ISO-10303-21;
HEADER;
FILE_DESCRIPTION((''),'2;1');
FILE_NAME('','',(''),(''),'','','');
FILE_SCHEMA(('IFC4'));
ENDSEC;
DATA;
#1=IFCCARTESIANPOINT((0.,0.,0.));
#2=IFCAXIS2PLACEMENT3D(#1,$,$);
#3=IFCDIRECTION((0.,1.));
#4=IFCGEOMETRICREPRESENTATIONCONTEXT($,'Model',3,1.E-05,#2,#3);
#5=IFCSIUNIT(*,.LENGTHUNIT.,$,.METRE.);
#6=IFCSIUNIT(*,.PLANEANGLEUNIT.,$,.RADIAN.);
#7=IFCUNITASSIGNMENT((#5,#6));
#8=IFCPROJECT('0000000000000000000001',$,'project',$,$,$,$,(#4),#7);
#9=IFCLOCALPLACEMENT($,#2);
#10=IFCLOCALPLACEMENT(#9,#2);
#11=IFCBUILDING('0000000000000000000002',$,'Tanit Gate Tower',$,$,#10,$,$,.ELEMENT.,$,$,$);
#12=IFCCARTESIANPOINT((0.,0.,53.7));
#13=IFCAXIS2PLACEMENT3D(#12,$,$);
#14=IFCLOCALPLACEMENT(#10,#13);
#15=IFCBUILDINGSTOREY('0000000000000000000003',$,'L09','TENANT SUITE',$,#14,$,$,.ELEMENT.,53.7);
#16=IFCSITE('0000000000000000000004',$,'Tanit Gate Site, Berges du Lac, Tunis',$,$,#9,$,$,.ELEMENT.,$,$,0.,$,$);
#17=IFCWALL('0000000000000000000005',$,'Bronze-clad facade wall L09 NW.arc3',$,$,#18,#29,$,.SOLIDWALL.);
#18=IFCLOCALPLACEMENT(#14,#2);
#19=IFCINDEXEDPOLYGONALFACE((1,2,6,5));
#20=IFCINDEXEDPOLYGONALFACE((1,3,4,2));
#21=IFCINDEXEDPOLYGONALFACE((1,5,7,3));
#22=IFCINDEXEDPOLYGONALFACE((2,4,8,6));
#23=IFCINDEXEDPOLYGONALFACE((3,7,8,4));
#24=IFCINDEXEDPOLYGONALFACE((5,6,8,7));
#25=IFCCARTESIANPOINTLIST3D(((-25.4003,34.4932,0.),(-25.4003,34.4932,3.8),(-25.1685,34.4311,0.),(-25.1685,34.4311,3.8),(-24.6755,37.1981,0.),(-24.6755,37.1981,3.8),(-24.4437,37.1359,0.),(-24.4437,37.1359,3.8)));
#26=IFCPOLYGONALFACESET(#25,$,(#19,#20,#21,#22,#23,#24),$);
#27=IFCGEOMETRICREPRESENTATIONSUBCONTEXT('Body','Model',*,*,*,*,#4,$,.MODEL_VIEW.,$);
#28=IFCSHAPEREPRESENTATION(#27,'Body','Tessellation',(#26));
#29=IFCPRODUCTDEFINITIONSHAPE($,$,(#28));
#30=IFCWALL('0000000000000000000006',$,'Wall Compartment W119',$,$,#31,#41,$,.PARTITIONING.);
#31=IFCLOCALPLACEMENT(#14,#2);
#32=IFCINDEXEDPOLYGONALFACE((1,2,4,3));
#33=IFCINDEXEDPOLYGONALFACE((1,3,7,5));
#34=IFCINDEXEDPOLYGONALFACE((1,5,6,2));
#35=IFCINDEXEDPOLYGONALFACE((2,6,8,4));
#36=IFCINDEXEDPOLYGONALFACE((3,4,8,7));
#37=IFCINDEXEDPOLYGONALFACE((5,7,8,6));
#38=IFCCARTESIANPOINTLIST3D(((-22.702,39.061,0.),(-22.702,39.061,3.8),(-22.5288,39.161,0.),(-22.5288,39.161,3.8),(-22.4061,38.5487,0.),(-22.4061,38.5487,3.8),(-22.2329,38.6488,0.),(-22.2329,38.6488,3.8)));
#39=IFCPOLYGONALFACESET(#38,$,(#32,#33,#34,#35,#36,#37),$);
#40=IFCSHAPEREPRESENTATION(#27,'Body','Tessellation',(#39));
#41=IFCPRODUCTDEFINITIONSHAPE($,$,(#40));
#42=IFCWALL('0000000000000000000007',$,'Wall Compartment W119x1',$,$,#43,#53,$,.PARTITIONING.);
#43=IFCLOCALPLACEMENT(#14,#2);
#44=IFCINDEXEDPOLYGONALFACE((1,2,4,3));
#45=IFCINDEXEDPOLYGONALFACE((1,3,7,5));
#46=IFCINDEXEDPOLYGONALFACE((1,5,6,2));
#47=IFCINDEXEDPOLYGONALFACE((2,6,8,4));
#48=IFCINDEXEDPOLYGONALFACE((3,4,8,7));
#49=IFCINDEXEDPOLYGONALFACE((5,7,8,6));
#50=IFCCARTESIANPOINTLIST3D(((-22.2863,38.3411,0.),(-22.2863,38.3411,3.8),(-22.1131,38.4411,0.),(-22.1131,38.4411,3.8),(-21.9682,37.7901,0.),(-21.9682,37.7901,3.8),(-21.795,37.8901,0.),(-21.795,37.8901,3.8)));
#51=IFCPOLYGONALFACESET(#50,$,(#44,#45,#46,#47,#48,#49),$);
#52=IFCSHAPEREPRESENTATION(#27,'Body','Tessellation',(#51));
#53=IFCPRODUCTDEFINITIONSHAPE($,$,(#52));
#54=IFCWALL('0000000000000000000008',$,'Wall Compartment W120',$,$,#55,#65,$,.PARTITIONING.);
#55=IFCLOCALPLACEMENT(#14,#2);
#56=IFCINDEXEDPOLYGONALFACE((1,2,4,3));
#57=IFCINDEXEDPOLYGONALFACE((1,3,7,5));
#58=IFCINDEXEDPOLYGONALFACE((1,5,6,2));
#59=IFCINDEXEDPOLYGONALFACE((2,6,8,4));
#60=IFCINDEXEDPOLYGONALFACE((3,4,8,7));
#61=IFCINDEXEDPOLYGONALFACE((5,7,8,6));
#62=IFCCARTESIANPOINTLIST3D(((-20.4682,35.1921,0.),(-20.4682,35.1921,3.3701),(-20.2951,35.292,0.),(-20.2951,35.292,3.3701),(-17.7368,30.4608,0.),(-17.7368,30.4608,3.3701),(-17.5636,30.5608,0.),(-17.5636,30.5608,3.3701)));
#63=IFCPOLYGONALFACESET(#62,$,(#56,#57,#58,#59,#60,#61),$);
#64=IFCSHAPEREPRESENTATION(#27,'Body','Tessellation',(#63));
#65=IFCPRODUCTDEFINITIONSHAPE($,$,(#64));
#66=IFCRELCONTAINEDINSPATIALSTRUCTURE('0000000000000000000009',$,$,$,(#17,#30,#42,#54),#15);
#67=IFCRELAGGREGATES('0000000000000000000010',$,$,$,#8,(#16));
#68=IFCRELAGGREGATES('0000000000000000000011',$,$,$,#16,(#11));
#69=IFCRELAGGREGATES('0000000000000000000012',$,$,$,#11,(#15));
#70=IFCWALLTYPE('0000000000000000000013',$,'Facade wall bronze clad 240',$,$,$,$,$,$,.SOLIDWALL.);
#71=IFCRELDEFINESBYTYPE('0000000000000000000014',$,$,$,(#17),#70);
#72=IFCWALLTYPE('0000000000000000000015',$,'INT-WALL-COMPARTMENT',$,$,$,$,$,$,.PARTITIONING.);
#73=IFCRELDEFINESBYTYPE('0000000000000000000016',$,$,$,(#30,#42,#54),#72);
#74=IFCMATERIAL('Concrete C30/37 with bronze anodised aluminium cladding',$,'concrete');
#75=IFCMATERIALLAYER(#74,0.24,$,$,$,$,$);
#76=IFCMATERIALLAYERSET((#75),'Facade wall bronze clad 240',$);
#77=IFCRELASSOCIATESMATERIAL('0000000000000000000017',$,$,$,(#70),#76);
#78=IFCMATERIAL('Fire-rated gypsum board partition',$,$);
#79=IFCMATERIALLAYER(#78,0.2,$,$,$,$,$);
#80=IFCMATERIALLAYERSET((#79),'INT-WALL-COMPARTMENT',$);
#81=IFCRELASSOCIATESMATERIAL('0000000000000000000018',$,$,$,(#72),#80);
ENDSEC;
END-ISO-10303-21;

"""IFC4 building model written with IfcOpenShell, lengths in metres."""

from ifc_helpers import new_model, si_unit, direction, frame, frame_2d, origin, place, context, subcontext, project, spatial, rectangle, extrude, material, layer, layer_set, type_object, element, save


model = new_model("IFC4")

# Units and contexts
model_context = context("Model", 3, precision=1e-05, world=origin(), true_north=direction((0.0, 1.0)))
body_context = subcontext(model_context, "Body", "Model", "MODEL_VIEW")
ifc_project = project(units=[si_unit("LENGTHUNIT", "METRE"), si_unit("PLANEANGLEUNIT", "RADIAN")], contexts=[model_context])

# Site, building, storey
site_placement = place(None, origin())
site = spatial("IfcSite", under=ifc_project, at=site_placement, Name="Tanit Gate Site, Berges du Lac, Tunis", CompositionType="ELEMENT", RefElevation=0.0)
building_placement = place(site_placement, origin())
building = spatial("IfcBuilding", under=site, at=building_placement, Name="Tanit Gate Tower", CompositionType="ELEMENT")
storey_placement = place(building_placement, frame((0.0, 0.0, 53.7)))
storey = spatial("IfcBuildingStorey", under=building, at=storey_placement, Name="L09", Description="TENANT SUITE", CompositionType="ELEMENT", Elevation=53.7)

# Walls
ifc_material_1 = material(Name="Concrete C30/37 with bronze anodised aluminium cladding", Category="concrete")
ifc_layer_1 = layer(ifc_material_1, 0.24)
ifc_layer_set_1 = layer_set([ifc_layer_1], Name="Facade wall bronze clad 240")
wall_type_1 = type_object("IfcWallType", Name="Facade wall bronze clad 240", PredefinedType="SOLIDWALL", material=ifc_layer_set_1)
wall_1_placement = place(storey_placement, frame((-24.5596, 37.167, 0.0), z_axis=(0.0, 0.0, 1.0), x_axis=(-0.258851, -0.965917, 0.0)))
element("IfcWall", 1, at=wall_1_placement, inside=storey, type_object=wall_type_1, Name="Bronze-clad facade wall L09 NW.arc3", PredefinedType="SOLIDWALL", context=body_context, shape_type="SweptSolid", body=[
    extrude(rectangle(XDim=2.8003, YDim=0.24, at=frame_2d((1.4001, 0.0))), origin(), (0.0, 0.0, 1.0), 3.8),
])
ifc_material_2 = material(Name="Fire-rated gypsum board partition")
ifc_layer_2 = layer(ifc_material_2, 0.2)
ifc_layer_set_2 = layer_set([ifc_layer_2], Name="INT-WALL-COMPARTMENT")
wall_type_2 = type_object("IfcWallType", Name="INT-WALL-COMPARTMENT", PredefinedType="PARTITIONING", material=ifc_layer_set_2)
wall_2_placement = place(storey_placement, frame((-22.6155, 39.1111, 0.0), z_axis=(0.0, 0.0, 1.0), x_axis=(0.500223, -0.865897, 0.0)))
element("IfcWall", 2, at=wall_2_placement, inside=storey, type_object=wall_type_2, Name="Wall Compartment W119", PredefinedType="PARTITIONING", context=body_context, shape_type="SweptSolid", body=[
    extrude(rectangle(XDim=0.5916, YDim=0.2, at=frame_2d((0.2959, 0.0))), origin(), (0.0, 0.0, 1.0), 3.8),
])
wall_3_placement = place(storey_placement, frame((-22.1997, 38.3911, 0.0), z_axis=(0.0, 0.0, 1.0), x_axis=(0.499977, -0.866039, 0.0)))
element("IfcWall", 3, at=wall_3_placement, inside=storey, type_object=wall_type_2, Name="Wall Compartment W119x1", PredefinedType="PARTITIONING", context=body_context, shape_type="SweptSolid", body=[
    extrude(rectangle(XDim=0.6362, YDim=0.2, at=frame_2d((0.3181, 0.0))), origin(), (0.0, 0.0, 1.0), 3.8),
])
wall_4_placement = place(storey_placement, frame((-20.3816, 35.2419, 0.0), z_axis=(0.0, 0.0, 1.0), x_axis=(0.499984, -0.866035, 0.0)))
element("IfcWall", 4, at=wall_4_placement, inside=storey, type_object=wall_type_2, Name="Wall Compartment W120", PredefinedType="PARTITIONING", context=body_context, shape_type="SweptSolid", body=[
    extrude(rectangle(XDim=5.4631, YDim=0.2, at=frame_2d((2.7314, 0.0))), origin(), (0.0, 0.0, 1.0), 3.3701),
])

save(model, "model.ifc")
